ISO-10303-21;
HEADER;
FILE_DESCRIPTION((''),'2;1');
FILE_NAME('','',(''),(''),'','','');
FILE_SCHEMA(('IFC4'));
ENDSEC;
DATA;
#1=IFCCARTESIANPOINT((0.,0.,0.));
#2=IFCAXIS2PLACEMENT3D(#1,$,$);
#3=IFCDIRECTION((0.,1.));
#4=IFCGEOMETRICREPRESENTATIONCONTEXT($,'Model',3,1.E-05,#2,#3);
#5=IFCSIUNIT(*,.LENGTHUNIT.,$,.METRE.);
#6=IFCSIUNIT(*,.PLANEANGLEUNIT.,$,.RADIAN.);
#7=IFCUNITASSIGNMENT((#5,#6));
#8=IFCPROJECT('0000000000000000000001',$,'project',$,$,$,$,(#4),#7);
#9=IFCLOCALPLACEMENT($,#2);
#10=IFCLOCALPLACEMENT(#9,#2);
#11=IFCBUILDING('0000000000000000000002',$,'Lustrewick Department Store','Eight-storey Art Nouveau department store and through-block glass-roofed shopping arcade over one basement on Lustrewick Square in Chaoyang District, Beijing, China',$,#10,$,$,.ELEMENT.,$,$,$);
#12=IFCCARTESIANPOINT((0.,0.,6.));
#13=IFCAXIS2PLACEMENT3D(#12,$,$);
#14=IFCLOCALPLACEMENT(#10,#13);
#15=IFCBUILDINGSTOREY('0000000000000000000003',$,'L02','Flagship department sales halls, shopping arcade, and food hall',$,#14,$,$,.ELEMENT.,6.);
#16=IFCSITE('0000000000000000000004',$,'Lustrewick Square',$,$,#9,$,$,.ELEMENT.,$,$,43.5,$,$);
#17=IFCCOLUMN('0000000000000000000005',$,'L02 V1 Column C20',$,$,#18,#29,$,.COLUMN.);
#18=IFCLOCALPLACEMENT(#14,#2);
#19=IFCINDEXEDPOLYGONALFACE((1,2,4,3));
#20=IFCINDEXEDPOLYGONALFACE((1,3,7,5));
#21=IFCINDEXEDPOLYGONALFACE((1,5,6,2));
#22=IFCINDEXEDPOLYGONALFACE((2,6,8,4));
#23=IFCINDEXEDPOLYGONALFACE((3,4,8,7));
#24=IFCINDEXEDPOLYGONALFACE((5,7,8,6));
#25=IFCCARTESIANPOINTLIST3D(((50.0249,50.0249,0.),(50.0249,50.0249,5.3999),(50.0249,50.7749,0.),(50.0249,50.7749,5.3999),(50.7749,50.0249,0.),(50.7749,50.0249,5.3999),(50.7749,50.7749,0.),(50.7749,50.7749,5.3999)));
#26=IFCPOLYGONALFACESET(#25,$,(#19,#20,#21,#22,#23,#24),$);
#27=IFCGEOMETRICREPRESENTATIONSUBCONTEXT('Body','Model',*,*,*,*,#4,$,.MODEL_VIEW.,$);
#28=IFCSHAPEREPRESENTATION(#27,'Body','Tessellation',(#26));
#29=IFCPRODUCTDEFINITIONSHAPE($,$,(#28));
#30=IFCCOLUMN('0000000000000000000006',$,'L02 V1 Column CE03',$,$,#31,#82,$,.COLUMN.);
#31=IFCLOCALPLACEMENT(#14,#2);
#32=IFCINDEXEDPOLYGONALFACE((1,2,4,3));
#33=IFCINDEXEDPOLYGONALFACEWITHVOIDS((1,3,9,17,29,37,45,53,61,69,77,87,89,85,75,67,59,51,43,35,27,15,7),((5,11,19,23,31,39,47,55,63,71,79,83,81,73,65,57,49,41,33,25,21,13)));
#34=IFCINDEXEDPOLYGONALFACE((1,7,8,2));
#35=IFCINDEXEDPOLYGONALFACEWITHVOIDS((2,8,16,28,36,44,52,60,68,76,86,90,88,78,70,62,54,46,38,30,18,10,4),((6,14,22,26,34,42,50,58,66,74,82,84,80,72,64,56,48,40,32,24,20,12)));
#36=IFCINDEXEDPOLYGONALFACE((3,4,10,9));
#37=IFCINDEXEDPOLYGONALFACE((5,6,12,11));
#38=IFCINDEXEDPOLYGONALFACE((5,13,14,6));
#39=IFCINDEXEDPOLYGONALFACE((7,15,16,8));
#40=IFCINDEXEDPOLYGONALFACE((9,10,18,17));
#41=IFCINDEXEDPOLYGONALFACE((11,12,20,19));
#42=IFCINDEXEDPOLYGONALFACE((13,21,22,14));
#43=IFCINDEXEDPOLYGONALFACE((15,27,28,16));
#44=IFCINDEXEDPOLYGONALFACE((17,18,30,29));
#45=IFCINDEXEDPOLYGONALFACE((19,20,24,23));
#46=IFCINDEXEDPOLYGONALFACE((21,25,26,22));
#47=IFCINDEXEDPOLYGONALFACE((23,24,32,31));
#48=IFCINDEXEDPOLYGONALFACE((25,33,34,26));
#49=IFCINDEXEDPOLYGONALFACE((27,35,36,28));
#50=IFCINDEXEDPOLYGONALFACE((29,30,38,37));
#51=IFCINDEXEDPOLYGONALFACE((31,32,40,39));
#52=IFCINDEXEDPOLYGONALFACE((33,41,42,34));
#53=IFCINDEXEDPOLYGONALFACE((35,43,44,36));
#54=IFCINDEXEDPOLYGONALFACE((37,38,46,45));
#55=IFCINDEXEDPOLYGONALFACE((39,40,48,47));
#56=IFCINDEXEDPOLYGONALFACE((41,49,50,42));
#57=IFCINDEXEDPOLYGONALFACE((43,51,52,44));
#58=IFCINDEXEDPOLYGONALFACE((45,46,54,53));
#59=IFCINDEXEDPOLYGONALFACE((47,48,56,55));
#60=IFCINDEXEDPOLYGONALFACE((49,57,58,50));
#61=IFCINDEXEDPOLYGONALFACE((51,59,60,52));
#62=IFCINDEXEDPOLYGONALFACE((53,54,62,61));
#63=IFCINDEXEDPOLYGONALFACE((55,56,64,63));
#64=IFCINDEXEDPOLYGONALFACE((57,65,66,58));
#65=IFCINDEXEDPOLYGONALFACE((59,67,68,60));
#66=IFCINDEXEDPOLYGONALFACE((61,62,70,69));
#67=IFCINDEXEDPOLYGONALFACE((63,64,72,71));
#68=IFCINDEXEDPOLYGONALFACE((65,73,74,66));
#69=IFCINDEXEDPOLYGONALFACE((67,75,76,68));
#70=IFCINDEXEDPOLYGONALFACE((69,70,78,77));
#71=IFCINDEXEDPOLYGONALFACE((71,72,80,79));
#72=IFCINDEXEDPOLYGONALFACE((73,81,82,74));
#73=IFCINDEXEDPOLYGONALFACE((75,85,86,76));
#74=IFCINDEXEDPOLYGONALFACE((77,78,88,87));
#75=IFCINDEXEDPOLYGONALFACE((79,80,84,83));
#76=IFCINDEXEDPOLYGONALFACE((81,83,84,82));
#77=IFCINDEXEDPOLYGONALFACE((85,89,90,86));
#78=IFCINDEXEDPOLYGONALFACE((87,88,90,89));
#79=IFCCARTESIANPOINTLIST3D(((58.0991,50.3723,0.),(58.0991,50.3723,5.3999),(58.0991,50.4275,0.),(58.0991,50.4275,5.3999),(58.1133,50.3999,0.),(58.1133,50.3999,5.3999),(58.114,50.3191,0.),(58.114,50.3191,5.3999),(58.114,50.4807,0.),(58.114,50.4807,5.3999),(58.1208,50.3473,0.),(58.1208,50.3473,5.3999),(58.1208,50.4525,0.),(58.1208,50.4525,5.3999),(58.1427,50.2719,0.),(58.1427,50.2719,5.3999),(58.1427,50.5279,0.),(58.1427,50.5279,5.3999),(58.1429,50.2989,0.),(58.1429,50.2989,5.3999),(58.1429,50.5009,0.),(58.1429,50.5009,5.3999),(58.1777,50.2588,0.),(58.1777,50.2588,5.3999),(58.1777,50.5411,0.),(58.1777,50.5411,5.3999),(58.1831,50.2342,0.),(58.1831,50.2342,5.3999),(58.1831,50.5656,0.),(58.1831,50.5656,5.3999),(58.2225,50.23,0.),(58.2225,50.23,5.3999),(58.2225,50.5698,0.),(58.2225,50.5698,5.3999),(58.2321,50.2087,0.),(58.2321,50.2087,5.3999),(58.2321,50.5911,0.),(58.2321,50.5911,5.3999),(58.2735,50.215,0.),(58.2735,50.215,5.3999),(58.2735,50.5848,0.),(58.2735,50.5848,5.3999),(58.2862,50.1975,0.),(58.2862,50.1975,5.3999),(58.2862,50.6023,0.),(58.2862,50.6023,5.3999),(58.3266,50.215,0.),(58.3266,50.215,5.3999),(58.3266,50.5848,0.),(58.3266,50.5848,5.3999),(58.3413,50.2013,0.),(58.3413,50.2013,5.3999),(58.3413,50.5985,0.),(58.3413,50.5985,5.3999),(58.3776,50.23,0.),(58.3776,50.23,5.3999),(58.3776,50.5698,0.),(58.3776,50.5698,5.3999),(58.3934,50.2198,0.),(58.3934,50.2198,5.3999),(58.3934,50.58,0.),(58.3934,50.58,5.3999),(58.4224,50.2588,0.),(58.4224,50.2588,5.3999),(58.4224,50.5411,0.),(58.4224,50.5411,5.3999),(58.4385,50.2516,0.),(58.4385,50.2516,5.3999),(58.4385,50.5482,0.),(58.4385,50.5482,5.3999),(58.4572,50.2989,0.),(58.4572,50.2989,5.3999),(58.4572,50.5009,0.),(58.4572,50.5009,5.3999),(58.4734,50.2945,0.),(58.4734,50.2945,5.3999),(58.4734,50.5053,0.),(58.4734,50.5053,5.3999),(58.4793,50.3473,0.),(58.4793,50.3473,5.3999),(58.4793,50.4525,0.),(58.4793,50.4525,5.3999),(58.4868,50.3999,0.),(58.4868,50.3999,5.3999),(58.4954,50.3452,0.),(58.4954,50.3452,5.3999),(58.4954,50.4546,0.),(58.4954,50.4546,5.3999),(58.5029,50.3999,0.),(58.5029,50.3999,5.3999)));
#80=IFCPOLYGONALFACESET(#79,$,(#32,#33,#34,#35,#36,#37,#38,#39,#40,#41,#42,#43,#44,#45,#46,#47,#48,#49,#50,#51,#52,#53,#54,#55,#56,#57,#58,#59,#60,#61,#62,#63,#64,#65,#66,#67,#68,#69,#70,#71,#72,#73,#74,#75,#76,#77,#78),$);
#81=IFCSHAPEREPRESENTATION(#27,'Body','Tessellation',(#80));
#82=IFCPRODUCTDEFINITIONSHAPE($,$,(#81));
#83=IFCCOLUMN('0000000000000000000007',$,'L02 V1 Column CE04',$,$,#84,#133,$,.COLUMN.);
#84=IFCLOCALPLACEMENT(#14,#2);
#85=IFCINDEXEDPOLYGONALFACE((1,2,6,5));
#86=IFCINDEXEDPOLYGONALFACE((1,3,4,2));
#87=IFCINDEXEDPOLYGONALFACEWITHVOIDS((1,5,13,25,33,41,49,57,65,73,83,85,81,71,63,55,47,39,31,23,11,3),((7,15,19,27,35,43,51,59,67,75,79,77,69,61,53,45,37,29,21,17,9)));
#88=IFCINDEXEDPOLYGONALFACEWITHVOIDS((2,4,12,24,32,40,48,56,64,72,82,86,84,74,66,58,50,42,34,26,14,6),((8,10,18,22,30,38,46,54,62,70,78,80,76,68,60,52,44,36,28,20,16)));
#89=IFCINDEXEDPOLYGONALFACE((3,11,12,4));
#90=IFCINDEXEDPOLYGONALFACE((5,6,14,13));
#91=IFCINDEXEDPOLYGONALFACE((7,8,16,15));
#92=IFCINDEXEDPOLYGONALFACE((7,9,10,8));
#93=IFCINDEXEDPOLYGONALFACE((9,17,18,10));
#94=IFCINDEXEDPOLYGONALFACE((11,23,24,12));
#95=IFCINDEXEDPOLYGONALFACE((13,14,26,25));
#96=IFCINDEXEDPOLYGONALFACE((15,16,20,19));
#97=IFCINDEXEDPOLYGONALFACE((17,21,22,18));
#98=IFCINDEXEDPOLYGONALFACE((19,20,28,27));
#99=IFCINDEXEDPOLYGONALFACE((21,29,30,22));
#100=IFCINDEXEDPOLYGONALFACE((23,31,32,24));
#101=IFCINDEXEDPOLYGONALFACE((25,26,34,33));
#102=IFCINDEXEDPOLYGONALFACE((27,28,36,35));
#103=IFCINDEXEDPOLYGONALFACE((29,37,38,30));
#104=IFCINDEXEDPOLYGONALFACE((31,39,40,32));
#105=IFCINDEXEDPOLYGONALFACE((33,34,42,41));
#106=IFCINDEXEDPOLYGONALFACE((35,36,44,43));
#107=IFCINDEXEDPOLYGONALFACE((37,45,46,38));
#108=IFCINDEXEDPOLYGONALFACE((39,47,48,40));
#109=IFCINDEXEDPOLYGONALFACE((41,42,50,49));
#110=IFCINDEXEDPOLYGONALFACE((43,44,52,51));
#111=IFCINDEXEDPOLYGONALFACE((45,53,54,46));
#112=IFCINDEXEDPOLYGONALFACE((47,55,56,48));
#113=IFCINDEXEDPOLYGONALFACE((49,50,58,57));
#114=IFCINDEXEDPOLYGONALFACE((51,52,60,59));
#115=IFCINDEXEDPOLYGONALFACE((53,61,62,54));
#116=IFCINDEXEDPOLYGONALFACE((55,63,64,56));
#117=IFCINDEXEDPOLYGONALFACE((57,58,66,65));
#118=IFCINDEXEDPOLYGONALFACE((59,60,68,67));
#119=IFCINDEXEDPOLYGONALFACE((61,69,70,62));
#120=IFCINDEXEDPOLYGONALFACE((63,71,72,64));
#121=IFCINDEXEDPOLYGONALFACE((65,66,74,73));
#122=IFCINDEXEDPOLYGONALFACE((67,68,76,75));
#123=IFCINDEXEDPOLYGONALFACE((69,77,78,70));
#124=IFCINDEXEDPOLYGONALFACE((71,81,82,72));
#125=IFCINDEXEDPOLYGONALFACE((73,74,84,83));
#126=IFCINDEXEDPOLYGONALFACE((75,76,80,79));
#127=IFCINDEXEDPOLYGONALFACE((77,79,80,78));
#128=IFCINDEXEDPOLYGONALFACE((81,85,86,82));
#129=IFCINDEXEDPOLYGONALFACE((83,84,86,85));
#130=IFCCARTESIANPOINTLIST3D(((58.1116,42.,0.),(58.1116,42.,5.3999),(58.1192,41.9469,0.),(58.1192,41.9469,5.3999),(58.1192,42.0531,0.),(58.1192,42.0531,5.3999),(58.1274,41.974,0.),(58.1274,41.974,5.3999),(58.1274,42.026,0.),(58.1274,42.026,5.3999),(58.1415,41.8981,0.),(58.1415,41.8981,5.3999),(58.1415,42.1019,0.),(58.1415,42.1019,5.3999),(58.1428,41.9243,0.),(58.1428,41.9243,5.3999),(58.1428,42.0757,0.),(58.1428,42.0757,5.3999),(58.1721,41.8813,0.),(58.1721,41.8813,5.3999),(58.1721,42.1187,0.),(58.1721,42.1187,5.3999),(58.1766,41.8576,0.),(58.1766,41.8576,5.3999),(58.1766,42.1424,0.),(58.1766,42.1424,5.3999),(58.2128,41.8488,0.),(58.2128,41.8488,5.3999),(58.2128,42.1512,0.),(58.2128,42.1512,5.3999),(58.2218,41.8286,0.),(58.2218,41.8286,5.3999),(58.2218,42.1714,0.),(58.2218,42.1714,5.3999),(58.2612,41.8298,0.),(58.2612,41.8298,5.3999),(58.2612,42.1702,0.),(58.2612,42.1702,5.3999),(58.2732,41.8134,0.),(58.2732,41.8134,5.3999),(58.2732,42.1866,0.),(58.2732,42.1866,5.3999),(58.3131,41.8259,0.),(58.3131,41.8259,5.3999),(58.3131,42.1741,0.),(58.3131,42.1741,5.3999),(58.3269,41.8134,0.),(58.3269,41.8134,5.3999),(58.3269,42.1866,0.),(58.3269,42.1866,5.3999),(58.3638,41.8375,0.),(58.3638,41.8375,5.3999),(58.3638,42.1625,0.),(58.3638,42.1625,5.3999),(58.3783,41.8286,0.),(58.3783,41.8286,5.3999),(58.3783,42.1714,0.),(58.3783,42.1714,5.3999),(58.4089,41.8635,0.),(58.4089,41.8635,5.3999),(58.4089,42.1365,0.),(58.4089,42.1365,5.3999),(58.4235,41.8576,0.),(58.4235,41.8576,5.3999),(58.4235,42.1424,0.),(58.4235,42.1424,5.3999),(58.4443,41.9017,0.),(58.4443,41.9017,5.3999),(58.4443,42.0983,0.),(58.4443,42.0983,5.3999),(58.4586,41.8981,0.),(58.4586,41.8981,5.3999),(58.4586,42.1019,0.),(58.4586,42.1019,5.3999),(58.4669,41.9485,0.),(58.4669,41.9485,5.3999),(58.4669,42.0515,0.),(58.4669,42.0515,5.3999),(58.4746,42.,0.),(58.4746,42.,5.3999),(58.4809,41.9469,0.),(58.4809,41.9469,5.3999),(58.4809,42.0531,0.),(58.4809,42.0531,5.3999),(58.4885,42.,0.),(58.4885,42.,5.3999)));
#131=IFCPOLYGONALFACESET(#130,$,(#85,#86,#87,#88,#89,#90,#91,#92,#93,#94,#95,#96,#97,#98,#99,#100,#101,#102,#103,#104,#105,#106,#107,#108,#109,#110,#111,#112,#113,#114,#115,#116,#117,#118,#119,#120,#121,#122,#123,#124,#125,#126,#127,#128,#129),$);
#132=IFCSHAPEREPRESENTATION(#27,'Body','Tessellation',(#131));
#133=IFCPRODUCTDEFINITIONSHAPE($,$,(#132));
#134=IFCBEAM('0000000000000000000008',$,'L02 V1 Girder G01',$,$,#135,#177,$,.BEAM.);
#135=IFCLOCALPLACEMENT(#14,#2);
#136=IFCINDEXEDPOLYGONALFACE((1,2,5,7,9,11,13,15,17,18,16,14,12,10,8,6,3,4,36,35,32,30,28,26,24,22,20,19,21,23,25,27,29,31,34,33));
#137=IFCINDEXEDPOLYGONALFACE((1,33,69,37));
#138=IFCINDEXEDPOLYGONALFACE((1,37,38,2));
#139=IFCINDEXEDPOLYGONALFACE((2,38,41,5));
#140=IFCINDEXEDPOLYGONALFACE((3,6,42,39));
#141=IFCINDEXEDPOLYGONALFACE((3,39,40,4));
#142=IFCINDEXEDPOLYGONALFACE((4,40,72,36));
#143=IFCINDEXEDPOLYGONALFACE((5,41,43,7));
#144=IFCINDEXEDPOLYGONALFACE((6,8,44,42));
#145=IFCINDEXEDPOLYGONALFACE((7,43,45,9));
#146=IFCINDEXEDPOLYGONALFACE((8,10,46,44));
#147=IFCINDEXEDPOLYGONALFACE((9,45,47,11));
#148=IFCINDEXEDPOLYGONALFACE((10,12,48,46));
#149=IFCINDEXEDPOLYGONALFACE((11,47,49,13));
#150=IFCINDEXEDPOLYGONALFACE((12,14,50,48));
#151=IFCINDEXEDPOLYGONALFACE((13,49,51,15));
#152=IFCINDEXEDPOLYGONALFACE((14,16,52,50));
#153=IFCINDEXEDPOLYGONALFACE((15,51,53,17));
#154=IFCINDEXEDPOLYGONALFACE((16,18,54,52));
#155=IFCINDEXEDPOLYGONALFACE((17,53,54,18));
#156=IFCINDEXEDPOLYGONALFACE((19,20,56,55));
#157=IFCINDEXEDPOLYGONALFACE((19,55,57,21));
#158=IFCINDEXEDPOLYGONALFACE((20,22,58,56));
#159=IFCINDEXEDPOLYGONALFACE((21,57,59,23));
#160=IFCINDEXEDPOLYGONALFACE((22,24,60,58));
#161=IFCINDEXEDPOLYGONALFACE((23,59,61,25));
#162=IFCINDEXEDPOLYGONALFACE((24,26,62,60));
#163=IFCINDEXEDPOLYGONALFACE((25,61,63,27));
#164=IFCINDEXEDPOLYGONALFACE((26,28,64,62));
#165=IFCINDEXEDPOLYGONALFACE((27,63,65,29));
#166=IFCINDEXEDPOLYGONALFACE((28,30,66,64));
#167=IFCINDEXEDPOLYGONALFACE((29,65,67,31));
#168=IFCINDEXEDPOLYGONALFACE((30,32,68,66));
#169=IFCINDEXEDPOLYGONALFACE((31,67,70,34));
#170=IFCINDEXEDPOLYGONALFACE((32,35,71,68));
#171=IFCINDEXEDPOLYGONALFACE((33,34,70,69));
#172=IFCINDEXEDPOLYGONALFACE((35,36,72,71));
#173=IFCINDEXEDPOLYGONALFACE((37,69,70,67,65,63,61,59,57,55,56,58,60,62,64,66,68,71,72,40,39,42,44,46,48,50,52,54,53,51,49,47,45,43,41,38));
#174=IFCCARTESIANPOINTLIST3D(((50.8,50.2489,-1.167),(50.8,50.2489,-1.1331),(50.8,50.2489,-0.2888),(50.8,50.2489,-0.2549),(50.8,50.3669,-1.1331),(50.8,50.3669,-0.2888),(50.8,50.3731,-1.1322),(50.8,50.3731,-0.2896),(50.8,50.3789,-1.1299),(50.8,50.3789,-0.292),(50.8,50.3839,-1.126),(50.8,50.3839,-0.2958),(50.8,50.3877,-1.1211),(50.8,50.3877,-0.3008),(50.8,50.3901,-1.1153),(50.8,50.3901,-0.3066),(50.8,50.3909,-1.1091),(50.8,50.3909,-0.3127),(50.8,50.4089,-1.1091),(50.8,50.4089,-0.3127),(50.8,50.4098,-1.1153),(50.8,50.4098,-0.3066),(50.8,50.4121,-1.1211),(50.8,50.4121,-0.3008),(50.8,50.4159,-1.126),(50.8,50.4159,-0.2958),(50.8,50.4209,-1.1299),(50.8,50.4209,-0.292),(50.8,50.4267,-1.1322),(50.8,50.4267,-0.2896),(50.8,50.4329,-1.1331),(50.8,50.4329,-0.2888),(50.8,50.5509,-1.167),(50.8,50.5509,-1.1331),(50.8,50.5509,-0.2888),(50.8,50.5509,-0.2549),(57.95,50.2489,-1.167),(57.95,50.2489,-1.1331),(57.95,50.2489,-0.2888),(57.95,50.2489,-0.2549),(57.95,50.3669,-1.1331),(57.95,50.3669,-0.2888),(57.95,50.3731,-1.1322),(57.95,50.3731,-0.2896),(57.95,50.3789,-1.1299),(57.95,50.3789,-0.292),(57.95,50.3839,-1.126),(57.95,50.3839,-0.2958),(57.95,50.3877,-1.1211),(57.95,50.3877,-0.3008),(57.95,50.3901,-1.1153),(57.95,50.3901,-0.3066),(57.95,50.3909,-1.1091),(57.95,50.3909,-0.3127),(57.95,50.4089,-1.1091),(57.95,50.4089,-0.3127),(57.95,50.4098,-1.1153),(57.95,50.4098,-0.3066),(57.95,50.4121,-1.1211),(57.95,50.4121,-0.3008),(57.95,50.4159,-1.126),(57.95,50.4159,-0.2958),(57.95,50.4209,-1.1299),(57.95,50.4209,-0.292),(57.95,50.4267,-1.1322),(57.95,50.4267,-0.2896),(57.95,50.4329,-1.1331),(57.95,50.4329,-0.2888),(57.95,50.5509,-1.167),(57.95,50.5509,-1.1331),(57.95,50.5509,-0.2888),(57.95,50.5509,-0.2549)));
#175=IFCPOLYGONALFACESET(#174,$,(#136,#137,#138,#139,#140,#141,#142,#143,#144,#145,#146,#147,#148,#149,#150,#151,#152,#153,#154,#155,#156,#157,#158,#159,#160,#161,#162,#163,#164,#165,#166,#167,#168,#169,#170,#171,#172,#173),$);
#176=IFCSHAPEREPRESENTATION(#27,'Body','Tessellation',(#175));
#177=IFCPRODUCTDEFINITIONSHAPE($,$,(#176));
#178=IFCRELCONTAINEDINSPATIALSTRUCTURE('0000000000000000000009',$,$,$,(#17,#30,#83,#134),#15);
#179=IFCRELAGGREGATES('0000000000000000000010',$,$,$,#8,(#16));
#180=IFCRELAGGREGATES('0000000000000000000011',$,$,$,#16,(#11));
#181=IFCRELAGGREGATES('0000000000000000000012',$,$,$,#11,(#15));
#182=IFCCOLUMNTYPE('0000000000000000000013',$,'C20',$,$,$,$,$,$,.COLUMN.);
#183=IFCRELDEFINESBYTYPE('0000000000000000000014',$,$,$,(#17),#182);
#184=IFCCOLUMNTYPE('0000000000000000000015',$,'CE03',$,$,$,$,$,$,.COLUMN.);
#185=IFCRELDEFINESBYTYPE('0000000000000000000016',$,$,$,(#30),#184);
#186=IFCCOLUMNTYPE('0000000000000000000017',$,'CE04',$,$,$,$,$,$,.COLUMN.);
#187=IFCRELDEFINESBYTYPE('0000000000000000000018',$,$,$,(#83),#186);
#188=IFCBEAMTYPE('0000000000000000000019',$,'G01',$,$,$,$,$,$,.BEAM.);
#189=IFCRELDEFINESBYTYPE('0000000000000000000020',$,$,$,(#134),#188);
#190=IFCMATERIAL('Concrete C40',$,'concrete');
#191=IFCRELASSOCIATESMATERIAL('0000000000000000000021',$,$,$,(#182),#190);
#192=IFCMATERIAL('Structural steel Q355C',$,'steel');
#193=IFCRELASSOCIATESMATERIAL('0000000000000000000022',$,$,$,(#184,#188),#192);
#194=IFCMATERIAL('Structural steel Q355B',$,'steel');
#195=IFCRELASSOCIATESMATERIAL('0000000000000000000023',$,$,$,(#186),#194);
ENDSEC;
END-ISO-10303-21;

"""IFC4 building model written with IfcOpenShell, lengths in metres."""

from ifc_helpers import new_model, si_unit, direction, frame, origin, origin_2d, place, context, subcontext, project, spatial, rectangle, hollow_circle, i_section, extrude, material, material_profile, profile_set, type_object, element, save


model = new_model("IFC4")

# Units and contexts
model_context = context("Model", 3, precision=1e-05, world=origin(), true_north=direction((0.0, 1.0)))
body_context = subcontext(model_context, "Body", "Model", "MODEL_VIEW")
ifc_project = project(units=[si_unit("LENGTHUNIT", "METRE"), si_unit("PLANEANGLEUNIT", "RADIAN")], contexts=[model_context])

# Site, building, storey
site_placement = place(None, origin())
site = spatial("IfcSite", under=ifc_project, at=site_placement, Name="Lustrewick Square", CompositionType="ELEMENT", RefElevation=43.5)
building_placement = place(site_placement, origin())
building = spatial("IfcBuilding", under=site, at=building_placement, Name="Lustrewick Department Store", Description="Eight-storey Art Nouveau department store and through-block glass-roofed shopping arcade over one basement on Lustrewick Square in Chaoyang District, Beijing, China", CompositionType="ELEMENT")
storey_placement = place(building_placement, frame((0.0, 0.0, 6.0)))
storey = spatial("IfcBuildingStorey", under=building, at=storey_placement, Name="L02", Description="Flagship department sales halls, shopping arcade, and food hall", CompositionType="ELEMENT", Elevation=6.0)

# Columns
ifc_material_1 = material(Name="Concrete C40", Category="concrete")
ifc_material_profile_1 = material_profile(ifc_material_1, rectangle(XDim=0.75, YDim=0.75, at=origin_2d()), Name="RC 750x750")
ifc_profile_set_1 = profile_set([ifc_material_profile_1], Name="Concrete C40")
column_type_1 = type_object("IfcColumnType", Name="C20", PredefinedType="COLUMN", material=ifc_profile_set_1)
column_1_placement = place(storey_placement, frame((50.3999, 50.3999, 0.0), z_axis=(0.0, 0.0, 1.0), x_axis=(1.0, 0.0, 0.0)))
element("IfcColumn", 1, at=column_1_placement, inside=storey, type_object=column_type_1, Name="L02 V1 Column C20", PredefinedType="COLUMN", context=body_context, shape_type="SweptSolid", body=[
    extrude(rectangle(XDim=0.75, YDim=0.75, at=origin_2d()), origin(), (0.0, 0.0, 1.0), 5.3999),
])
ifc_material_2 = material(Name="Structural steel Q355C", Category="steel")
ifc_material_profile_2 = material_profile(ifc_material_2, hollow_circle(Radius=0.2029, WallThickness=0.0161, at=origin_2d()), Name="CHS 406x16")
ifc_profile_set_2 = profile_set([ifc_material_profile_2], Name="Structural steel Q355C")
column_type_2 = type_object("IfcColumnType", Name="CE03", PredefinedType="COLUMN", material=ifc_profile_set_2)
column_2_placement = place(storey_placement, frame((58.3, 50.3999, 0.0), z_axis=(0.0, 0.0, 1.0), x_axis=(1.0, 0.0, 0.0)))
element("IfcColumn", 2, at=column_2_placement, inside=storey, type_object=column_type_2, Name="L02 V1 Column CE03", PredefinedType="COLUMN", context=body_context, shape_type="SweptSolid", body=[
    extrude(hollow_circle(Radius=0.2029, WallThickness=0.0161, at=origin_2d()), origin(), (0.0, 0.0, 1.0), 5.3999),
])
ifc_material_3 = material(Name="Structural steel Q355B", Category="steel")
ifc_material_profile_3 = material_profile(ifc_material_3, hollow_circle(Radius=0.1885, WallThickness=0.0139, at=origin_2d()), Name="CHS 377x14")
ifc_profile_set_3 = profile_set([ifc_material_profile_3], Name="Structural steel Q355B")
column_type_3 = type_object("IfcColumnType", Name="CE04", PredefinedType="COLUMN", material=ifc_profile_set_3)
column_3_placement = place(storey_placement, frame((58.3, 42.0, 0.0), z_axis=(0.0, 0.0, 1.0), x_axis=(1.0, 0.0, 0.0)))
element("IfcColumn", 3, at=column_3_placement, inside=storey, type_object=column_type_3, Name="L02 V1 Column CE04", PredefinedType="COLUMN", context=body_context, shape_type="SweptSolid", body=[
    extrude(hollow_circle(Radius=0.1885, WallThickness=0.0139, at=origin_2d()), origin(), (0.0, 0.0, 1.0), 5.3999),
])

# Beam
ifc_material_profile_4 = material_profile(ifc_material_2, i_section(OverallWidth=0.302, OverallDepth=0.9121, WebThickness=0.0181, FlangeThickness=0.0339, FilletRadius=0.0239, at=origin_2d()), Name="HN 912x302x18x34")
ifc_profile_set_4 = profile_set([ifc_material_profile_4], Name="Structural steel Q355C")
beam_type_1 = type_object("IfcBeamType", Name="G01", PredefinedType="BEAM", material=ifc_profile_set_4)
beam_1_placement = place(storey_placement, frame((50.8, 50.3999, -0.7109), z_axis=(1.0, 0.0, 0.0), x_axis=(0.0, 1.0, 0.0)))
element("IfcBeam", 4, at=beam_1_placement, inside=storey, type_object=beam_type_1, Name="L02 V1 Girder G01", PredefinedType="BEAM", context=body_context, shape_type="SweptSolid", body=[
    extrude(i_section(OverallWidth=0.302, OverallDepth=0.9121, WebThickness=0.0181, FlangeThickness=0.0339, FilletRadius=0.0239, at=origin_2d()), origin(), (0.0, 0.0, 1.0), 7.1499),
])

save(model, "model.ifc")
